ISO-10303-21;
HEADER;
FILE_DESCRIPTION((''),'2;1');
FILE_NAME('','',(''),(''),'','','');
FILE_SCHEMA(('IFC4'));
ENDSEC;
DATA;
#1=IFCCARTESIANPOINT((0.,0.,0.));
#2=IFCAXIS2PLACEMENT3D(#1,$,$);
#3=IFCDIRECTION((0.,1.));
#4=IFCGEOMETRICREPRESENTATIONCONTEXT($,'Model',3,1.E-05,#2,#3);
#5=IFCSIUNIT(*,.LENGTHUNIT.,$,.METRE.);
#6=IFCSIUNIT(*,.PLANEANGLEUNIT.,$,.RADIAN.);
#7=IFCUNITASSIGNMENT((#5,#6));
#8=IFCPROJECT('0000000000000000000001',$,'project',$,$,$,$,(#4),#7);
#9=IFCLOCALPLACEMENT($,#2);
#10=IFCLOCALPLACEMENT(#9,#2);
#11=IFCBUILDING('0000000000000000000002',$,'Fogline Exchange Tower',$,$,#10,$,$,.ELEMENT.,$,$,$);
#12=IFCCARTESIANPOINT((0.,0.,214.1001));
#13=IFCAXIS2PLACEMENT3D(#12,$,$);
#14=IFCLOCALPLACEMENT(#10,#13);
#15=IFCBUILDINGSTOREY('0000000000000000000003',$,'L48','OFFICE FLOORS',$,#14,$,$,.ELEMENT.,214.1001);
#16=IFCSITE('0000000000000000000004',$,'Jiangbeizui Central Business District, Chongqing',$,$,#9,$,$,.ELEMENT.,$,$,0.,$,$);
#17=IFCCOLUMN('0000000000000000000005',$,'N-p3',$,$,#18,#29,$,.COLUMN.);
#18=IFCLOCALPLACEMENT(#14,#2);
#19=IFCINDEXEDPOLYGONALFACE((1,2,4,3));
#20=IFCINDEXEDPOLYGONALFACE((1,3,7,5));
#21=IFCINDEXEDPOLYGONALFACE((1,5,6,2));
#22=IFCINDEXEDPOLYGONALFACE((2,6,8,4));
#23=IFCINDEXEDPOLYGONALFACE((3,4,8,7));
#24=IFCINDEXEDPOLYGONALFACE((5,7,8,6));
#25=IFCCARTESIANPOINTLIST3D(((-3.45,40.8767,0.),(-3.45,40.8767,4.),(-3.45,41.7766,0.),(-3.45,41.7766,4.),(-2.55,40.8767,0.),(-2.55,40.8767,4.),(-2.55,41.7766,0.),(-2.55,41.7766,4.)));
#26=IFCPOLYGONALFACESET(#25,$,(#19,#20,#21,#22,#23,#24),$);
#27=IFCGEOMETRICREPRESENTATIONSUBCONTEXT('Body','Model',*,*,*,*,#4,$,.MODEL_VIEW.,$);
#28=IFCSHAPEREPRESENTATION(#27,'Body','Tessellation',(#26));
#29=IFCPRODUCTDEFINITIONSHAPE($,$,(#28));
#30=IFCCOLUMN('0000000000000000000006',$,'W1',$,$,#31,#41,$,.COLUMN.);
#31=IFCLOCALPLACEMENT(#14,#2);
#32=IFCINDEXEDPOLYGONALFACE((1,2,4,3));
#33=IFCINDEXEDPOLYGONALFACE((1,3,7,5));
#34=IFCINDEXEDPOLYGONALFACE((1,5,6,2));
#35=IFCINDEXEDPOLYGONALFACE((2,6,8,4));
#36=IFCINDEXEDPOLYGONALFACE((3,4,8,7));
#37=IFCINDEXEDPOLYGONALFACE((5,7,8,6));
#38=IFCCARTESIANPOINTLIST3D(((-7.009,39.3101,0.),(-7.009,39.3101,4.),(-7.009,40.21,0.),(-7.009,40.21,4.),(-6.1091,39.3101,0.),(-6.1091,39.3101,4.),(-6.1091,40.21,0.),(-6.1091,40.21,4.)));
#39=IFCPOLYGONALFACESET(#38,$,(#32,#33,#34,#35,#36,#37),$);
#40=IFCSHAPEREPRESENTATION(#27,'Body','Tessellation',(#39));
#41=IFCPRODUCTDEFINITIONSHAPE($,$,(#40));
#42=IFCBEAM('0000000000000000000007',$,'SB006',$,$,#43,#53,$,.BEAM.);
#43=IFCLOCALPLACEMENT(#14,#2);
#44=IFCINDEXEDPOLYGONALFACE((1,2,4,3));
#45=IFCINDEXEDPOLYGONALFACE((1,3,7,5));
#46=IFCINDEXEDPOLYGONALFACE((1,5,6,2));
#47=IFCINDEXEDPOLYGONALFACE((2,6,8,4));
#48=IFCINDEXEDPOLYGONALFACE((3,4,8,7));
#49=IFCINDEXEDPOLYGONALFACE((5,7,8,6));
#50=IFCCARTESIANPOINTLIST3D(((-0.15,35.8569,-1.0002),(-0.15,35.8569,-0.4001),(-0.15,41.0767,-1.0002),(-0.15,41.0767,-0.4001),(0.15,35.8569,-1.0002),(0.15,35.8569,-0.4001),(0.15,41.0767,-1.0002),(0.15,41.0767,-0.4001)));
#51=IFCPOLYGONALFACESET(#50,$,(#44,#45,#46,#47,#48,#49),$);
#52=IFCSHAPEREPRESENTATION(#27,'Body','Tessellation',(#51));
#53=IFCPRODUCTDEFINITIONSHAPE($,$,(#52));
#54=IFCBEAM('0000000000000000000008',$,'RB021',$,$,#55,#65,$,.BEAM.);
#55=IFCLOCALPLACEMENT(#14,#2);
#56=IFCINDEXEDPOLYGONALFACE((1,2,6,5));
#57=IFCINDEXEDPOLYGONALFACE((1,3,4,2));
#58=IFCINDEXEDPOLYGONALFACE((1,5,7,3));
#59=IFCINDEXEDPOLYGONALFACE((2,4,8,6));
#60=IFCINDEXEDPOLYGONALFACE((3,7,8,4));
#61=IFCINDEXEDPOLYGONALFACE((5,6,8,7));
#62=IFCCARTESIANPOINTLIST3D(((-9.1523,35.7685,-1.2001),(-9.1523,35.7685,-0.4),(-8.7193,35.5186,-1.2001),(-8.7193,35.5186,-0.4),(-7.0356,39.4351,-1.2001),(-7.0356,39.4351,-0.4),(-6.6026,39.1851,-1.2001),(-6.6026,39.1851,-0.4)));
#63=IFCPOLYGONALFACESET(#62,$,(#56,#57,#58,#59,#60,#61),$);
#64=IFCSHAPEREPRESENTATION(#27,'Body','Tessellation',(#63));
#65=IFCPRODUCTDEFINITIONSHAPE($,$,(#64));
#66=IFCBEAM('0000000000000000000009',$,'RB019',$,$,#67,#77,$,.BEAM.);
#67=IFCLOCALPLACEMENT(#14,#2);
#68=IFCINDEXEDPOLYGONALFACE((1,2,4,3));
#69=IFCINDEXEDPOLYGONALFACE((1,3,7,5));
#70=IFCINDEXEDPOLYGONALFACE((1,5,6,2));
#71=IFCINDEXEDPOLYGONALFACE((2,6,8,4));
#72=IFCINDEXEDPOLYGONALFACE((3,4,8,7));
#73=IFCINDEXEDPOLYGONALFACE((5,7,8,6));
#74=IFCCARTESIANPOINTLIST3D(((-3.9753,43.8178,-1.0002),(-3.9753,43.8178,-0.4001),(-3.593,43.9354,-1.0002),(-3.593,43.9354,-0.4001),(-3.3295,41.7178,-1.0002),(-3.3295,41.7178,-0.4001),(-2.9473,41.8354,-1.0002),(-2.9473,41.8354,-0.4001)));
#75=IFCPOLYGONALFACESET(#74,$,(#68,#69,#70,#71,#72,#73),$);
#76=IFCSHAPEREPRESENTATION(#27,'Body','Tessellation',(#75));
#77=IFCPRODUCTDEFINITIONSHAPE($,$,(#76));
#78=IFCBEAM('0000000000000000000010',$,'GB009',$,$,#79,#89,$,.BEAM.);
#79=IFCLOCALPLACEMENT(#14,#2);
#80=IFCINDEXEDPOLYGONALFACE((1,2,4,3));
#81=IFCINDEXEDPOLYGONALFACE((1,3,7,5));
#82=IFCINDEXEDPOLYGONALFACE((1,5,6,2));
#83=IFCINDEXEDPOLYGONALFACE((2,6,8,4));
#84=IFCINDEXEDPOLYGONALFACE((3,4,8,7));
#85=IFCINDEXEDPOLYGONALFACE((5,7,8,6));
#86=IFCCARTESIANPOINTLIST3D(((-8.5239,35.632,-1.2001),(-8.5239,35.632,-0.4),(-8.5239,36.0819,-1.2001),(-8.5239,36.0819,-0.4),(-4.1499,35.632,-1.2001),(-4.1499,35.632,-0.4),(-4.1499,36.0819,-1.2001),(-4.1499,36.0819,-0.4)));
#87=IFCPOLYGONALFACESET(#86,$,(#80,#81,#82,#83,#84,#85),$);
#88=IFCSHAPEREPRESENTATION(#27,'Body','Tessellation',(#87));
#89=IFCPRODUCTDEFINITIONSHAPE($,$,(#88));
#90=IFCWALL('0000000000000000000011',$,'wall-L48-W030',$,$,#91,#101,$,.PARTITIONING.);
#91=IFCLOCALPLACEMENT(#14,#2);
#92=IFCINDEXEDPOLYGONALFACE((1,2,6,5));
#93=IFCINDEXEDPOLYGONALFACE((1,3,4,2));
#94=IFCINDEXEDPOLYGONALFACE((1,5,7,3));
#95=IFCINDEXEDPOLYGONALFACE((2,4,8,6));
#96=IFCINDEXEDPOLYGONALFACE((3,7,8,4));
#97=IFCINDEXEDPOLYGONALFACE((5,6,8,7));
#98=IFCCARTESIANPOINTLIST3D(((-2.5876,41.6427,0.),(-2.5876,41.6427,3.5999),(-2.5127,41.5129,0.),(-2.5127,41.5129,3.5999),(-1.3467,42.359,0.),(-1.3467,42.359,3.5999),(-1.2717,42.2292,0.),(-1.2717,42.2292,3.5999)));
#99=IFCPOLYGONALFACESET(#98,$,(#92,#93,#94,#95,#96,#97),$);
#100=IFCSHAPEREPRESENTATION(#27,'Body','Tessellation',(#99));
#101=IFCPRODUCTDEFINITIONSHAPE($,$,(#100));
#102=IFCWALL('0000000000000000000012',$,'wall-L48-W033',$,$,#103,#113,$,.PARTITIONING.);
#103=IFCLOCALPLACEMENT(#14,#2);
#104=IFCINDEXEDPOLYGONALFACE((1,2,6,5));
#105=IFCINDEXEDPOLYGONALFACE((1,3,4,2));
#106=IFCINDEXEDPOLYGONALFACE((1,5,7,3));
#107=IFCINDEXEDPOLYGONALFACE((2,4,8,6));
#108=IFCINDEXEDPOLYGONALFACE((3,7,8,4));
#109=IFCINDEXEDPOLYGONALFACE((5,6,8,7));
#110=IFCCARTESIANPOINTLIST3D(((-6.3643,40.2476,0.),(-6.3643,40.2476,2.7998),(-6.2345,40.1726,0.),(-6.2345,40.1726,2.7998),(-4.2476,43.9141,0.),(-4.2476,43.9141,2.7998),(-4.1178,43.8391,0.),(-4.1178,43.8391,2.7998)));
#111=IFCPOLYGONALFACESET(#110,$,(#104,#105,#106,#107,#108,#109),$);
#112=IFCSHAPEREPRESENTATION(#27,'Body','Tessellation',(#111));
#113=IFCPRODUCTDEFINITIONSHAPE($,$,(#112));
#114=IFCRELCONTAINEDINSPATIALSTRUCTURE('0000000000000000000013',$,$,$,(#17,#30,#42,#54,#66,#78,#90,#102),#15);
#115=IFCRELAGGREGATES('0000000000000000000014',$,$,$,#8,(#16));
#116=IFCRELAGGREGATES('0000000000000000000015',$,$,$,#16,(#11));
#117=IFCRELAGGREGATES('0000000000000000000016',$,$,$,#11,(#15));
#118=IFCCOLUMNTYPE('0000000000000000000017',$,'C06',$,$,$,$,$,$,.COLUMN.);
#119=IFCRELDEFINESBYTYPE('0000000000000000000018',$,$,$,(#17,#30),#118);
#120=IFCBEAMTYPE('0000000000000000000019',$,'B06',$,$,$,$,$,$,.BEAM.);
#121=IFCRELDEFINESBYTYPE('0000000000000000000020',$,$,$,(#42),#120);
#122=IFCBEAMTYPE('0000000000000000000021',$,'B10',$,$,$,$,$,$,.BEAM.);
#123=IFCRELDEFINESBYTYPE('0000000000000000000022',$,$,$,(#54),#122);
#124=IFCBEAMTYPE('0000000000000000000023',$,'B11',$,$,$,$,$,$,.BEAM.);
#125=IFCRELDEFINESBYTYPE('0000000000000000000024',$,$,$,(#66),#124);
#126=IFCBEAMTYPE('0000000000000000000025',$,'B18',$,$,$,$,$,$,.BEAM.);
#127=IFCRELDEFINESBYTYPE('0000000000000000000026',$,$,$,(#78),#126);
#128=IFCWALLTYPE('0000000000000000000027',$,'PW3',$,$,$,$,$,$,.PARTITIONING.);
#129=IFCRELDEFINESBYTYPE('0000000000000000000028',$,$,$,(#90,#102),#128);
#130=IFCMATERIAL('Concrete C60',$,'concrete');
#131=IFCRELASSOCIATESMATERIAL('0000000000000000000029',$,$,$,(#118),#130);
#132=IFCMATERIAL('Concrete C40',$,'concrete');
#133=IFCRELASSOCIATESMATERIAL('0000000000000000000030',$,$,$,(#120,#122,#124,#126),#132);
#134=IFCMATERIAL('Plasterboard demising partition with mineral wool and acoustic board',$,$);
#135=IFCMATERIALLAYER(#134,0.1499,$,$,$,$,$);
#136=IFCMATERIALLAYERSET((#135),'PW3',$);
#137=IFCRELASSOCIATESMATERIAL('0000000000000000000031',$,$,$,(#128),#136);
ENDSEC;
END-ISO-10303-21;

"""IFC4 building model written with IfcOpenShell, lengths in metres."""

from ifc_helpers import new_model, si_unit, direction, frame, frame_2d, origin, origin_2d, place, context, subcontext, project, spatial, rectangle, extrude, material, layer, layer_set, material_profile, profile_set, type_object, element, save


model = new_model("IFC4")

# Units and contexts
model_context = context("Model", 3, precision=1e-05, world=origin(), true_north=direction((0.0, 1.0)))
body_context = subcontext(model_context, "Body", "Model", "MODEL_VIEW")
ifc_project = project(units=[si_unit("LENGTHUNIT", "METRE"), si_unit("PLANEANGLEUNIT", "RADIAN")], contexts=[model_context])

# Site, building, storey
site_placement = place(None, origin())
site = spatial("IfcSite", under=ifc_project, at=site_placement, Name="Jiangbeizui Central Business District, Chongqing", CompositionType="ELEMENT", RefElevation=0.0)
building_placement = place(site_placement, origin())
building = spatial("IfcBuilding", under=site, at=building_placement, Name="Fogline Exchange Tower", CompositionType="ELEMENT")
storey_placement = place(building_placement, frame((0.0, 0.0, 214.1001)))
storey = spatial("IfcBuildingStorey", under=building, at=storey_placement, Name="L48", Description="OFFICE FLOORS", CompositionType="ELEMENT", Elevation=214.1001)

# Columns
ifc_material_1 = material(Name="Concrete C60", Category="concrete")
ifc_material_profile_1 = material_profile(ifc_material_1, rectangle(XDim=0.8999, YDim=0.8999, at=origin_2d()), Name="RC 900x900")
ifc_profile_set_1 = profile_set([ifc_material_profile_1], Name="Concrete C60")
column_type = type_object("IfcColumnType", Name="C06", PredefinedType="COLUMN", material=ifc_profile_set_1)
for number, where, z_axis, x_axis, name in (
    (1, (-3.0, 41.3267, 0.0), (0.0, 0.0, 1.0), (1.0, 0.0, 0.0), "N-p3"),
    (2, (-6.5591, 39.76, 0.0), (0.0, 0.0, 1.0), (1.0, 0.0, 0.0), "W1"),
):
    element("IfcColumn", number, at=place(storey_placement, frame(where, z_axis=z_axis, x_axis=x_axis)), inside=storey, type_object=column_type, Name=name, PredefinedType="COLUMN", context=body_context, shape_type="SweptSolid", body=[
        extrude(rectangle(XDim=0.8999, YDim=0.8999, at=origin_2d()), origin(), (0.0, 0.0, 1.0), 4.0),
    ])

# Beams
ifc_material_2 = material(Name="Concrete C40", Category="concrete")
ifc_material_profile_2 = material_profile(ifc_material_2, rectangle(XDim=0.3, YDim=0.6001, at=origin_2d()), Name="RC 300x600")
ifc_profile_set_2 = profile_set([ifc_material_profile_2], Name="Concrete C40")
beam_type_1 = type_object("IfcBeamType", Name="B06", PredefinedType="BEAM", material=ifc_profile_set_2)
beam_1_placement = place(storey_placement, frame((0.0, 35.8569, -0.7002), z_axis=(0.0, 1.0, 0.0), x_axis=(-1.0, 0.0, 0.0)))
element("IfcBeam", 3, at=beam_1_placement, inside=storey, type_object=beam_type_1, Name="SB006", PredefinedType="BEAM", context=body_context, shape_type="SweptSolid", body=[
    extrude(rectangle(XDim=0.3, YDim=0.6001, at=origin_2d()), origin(), (0.0, 0.0, 1.0), 5.2197),
])
ifc_material_profile_3 = material_profile(ifc_material_2, rectangle(XDim=0.5, YDim=0.8, at=origin_2d()), Name="RC 500x800")
ifc_profile_set_3 = profile_set([ifc_material_profile_3], Name="Concrete C40")
beam_type_2 = type_object("IfcBeamType", Name="B10", PredefinedType="BEAM", material=ifc_profile_set_3)
beam_2_placement = place(storey_placement, frame((-6.8191, 39.3101, -0.8), z_axis=(-0.499972, -0.866042, 0.0), x_axis=(0.866042, -0.499972, 0.0)))
element("IfcBeam", 4, at=beam_2_placement, inside=storey, type_object=beam_type_2, Name="RB021", PredefinedType="BEAM", context=body_context, shape_type="SweptSolid", body=[
    extrude(rectangle(XDim=0.5, YDim=0.8, at=origin_2d()), origin(), (0.0, 0.0, 1.0), 4.2336),
])
ifc_material_profile_4 = material_profile(ifc_material_2, rectangle(XDim=0.3999, YDim=0.6001, at=origin_2d()), Name="RC 400x600")
ifc_profile_set_4 = profile_set([ifc_material_profile_4], Name="Concrete C40")
beam_type_3 = type_object("IfcBeamType", Name="B11", PredefinedType="BEAM", material=ifc_profile_set_4)
beam_3_placement = place(storey_placement, frame((-3.1384, 41.7766, -0.7002), z_axis=(-0.293906, 0.955834, 0.0), x_axis=(-0.955834, -0.293906, 0.0)))
element("IfcBeam", 5, at=beam_3_placement, inside=storey, type_object=beam_type_3, Name="RB019", PredefinedType="BEAM", context=body_context, shape_type="SweptSolid", body=[
    extrude(rectangle(XDim=0.3999, YDim=0.6001, at=origin_2d()), origin(), (0.0, 0.0, 1.0), 2.197),
])
ifc_material_profile_5 = material_profile(ifc_material_2, rectangle(XDim=0.45, YDim=0.8, at=origin_2d()), Name="RC 450x800")
ifc_profile_set_5 = profile_set([ifc_material_profile_5], Name="Concrete C40")
beam_type_4 = type_object("IfcBeamType", Name="B18", PredefinedType="BEAM", material=ifc_profile_set_5)
beam_4_placement = place(storey_placement, frame((-8.5239, 35.8569, -0.8), z_axis=(1.0, 0.0, 0.0), x_axis=(0.0, 1.0, 0.0)))
element("IfcBeam", 6, at=beam_4_placement, inside=storey, type_object=beam_type_4, Name="GB009", PredefinedType="BEAM", context=body_context, shape_type="SweptSolid", body=[
    extrude(rectangle(XDim=0.45, YDim=0.8, at=origin_2d()), origin(), (0.0, 0.0, 1.0), 4.374),
])

# Walls
ifc_material_3 = material(Name="Plasterboard demising partition with mineral wool and acoustic board")
ifc_layer = layer(ifc_material_3, 0.1499)
ifc_layer_set = layer_set([ifc_layer], Name="PW3")
wall_type = type_object("IfcWallType", Name="PW3", PredefinedType="PARTITIONING", material=ifc_layer_set)
wall_1_placement = place(storey_placement, frame((-2.55, 41.5779, 0.0), z_axis=(0.0, 0.0, 1.0), x_axis=(0.866075, 0.499914, 0.0)))
element("IfcWall", 7, at=wall_1_placement, inside=storey, type_object=wall_type, Name="wall-L48-W030", PredefinedType="PARTITIONING", context=body_context, shape_type="SweptSolid", body=[
    extrude(rectangle(XDim=1.4329, YDim=0.1499, at=frame_2d((0.7163, 0.0))), origin(), (0.0, 0.0, 1.0), 3.5999),
])
wall_2_placement = place(storey_placement, frame((-6.2993, 40.2102, 0.0), z_axis=(0.0, 0.0, 1.0), x_axis=(0.499972, 0.866042, 0.0)))
element("IfcWall", 8, at=wall_2_placement, inside=storey, type_object=wall_type, Name="wall-L48-W033", PredefinedType="PARTITIONING", context=body_context, shape_type="SweptSolid", body=[
    extrude(rectangle(XDim=4.2336, YDim=0.1499, at=frame_2d((2.1167, 0.0))), origin(), (0.0, 0.0, 1.0), 2.7998),
])

save(model, "model.ifc")
